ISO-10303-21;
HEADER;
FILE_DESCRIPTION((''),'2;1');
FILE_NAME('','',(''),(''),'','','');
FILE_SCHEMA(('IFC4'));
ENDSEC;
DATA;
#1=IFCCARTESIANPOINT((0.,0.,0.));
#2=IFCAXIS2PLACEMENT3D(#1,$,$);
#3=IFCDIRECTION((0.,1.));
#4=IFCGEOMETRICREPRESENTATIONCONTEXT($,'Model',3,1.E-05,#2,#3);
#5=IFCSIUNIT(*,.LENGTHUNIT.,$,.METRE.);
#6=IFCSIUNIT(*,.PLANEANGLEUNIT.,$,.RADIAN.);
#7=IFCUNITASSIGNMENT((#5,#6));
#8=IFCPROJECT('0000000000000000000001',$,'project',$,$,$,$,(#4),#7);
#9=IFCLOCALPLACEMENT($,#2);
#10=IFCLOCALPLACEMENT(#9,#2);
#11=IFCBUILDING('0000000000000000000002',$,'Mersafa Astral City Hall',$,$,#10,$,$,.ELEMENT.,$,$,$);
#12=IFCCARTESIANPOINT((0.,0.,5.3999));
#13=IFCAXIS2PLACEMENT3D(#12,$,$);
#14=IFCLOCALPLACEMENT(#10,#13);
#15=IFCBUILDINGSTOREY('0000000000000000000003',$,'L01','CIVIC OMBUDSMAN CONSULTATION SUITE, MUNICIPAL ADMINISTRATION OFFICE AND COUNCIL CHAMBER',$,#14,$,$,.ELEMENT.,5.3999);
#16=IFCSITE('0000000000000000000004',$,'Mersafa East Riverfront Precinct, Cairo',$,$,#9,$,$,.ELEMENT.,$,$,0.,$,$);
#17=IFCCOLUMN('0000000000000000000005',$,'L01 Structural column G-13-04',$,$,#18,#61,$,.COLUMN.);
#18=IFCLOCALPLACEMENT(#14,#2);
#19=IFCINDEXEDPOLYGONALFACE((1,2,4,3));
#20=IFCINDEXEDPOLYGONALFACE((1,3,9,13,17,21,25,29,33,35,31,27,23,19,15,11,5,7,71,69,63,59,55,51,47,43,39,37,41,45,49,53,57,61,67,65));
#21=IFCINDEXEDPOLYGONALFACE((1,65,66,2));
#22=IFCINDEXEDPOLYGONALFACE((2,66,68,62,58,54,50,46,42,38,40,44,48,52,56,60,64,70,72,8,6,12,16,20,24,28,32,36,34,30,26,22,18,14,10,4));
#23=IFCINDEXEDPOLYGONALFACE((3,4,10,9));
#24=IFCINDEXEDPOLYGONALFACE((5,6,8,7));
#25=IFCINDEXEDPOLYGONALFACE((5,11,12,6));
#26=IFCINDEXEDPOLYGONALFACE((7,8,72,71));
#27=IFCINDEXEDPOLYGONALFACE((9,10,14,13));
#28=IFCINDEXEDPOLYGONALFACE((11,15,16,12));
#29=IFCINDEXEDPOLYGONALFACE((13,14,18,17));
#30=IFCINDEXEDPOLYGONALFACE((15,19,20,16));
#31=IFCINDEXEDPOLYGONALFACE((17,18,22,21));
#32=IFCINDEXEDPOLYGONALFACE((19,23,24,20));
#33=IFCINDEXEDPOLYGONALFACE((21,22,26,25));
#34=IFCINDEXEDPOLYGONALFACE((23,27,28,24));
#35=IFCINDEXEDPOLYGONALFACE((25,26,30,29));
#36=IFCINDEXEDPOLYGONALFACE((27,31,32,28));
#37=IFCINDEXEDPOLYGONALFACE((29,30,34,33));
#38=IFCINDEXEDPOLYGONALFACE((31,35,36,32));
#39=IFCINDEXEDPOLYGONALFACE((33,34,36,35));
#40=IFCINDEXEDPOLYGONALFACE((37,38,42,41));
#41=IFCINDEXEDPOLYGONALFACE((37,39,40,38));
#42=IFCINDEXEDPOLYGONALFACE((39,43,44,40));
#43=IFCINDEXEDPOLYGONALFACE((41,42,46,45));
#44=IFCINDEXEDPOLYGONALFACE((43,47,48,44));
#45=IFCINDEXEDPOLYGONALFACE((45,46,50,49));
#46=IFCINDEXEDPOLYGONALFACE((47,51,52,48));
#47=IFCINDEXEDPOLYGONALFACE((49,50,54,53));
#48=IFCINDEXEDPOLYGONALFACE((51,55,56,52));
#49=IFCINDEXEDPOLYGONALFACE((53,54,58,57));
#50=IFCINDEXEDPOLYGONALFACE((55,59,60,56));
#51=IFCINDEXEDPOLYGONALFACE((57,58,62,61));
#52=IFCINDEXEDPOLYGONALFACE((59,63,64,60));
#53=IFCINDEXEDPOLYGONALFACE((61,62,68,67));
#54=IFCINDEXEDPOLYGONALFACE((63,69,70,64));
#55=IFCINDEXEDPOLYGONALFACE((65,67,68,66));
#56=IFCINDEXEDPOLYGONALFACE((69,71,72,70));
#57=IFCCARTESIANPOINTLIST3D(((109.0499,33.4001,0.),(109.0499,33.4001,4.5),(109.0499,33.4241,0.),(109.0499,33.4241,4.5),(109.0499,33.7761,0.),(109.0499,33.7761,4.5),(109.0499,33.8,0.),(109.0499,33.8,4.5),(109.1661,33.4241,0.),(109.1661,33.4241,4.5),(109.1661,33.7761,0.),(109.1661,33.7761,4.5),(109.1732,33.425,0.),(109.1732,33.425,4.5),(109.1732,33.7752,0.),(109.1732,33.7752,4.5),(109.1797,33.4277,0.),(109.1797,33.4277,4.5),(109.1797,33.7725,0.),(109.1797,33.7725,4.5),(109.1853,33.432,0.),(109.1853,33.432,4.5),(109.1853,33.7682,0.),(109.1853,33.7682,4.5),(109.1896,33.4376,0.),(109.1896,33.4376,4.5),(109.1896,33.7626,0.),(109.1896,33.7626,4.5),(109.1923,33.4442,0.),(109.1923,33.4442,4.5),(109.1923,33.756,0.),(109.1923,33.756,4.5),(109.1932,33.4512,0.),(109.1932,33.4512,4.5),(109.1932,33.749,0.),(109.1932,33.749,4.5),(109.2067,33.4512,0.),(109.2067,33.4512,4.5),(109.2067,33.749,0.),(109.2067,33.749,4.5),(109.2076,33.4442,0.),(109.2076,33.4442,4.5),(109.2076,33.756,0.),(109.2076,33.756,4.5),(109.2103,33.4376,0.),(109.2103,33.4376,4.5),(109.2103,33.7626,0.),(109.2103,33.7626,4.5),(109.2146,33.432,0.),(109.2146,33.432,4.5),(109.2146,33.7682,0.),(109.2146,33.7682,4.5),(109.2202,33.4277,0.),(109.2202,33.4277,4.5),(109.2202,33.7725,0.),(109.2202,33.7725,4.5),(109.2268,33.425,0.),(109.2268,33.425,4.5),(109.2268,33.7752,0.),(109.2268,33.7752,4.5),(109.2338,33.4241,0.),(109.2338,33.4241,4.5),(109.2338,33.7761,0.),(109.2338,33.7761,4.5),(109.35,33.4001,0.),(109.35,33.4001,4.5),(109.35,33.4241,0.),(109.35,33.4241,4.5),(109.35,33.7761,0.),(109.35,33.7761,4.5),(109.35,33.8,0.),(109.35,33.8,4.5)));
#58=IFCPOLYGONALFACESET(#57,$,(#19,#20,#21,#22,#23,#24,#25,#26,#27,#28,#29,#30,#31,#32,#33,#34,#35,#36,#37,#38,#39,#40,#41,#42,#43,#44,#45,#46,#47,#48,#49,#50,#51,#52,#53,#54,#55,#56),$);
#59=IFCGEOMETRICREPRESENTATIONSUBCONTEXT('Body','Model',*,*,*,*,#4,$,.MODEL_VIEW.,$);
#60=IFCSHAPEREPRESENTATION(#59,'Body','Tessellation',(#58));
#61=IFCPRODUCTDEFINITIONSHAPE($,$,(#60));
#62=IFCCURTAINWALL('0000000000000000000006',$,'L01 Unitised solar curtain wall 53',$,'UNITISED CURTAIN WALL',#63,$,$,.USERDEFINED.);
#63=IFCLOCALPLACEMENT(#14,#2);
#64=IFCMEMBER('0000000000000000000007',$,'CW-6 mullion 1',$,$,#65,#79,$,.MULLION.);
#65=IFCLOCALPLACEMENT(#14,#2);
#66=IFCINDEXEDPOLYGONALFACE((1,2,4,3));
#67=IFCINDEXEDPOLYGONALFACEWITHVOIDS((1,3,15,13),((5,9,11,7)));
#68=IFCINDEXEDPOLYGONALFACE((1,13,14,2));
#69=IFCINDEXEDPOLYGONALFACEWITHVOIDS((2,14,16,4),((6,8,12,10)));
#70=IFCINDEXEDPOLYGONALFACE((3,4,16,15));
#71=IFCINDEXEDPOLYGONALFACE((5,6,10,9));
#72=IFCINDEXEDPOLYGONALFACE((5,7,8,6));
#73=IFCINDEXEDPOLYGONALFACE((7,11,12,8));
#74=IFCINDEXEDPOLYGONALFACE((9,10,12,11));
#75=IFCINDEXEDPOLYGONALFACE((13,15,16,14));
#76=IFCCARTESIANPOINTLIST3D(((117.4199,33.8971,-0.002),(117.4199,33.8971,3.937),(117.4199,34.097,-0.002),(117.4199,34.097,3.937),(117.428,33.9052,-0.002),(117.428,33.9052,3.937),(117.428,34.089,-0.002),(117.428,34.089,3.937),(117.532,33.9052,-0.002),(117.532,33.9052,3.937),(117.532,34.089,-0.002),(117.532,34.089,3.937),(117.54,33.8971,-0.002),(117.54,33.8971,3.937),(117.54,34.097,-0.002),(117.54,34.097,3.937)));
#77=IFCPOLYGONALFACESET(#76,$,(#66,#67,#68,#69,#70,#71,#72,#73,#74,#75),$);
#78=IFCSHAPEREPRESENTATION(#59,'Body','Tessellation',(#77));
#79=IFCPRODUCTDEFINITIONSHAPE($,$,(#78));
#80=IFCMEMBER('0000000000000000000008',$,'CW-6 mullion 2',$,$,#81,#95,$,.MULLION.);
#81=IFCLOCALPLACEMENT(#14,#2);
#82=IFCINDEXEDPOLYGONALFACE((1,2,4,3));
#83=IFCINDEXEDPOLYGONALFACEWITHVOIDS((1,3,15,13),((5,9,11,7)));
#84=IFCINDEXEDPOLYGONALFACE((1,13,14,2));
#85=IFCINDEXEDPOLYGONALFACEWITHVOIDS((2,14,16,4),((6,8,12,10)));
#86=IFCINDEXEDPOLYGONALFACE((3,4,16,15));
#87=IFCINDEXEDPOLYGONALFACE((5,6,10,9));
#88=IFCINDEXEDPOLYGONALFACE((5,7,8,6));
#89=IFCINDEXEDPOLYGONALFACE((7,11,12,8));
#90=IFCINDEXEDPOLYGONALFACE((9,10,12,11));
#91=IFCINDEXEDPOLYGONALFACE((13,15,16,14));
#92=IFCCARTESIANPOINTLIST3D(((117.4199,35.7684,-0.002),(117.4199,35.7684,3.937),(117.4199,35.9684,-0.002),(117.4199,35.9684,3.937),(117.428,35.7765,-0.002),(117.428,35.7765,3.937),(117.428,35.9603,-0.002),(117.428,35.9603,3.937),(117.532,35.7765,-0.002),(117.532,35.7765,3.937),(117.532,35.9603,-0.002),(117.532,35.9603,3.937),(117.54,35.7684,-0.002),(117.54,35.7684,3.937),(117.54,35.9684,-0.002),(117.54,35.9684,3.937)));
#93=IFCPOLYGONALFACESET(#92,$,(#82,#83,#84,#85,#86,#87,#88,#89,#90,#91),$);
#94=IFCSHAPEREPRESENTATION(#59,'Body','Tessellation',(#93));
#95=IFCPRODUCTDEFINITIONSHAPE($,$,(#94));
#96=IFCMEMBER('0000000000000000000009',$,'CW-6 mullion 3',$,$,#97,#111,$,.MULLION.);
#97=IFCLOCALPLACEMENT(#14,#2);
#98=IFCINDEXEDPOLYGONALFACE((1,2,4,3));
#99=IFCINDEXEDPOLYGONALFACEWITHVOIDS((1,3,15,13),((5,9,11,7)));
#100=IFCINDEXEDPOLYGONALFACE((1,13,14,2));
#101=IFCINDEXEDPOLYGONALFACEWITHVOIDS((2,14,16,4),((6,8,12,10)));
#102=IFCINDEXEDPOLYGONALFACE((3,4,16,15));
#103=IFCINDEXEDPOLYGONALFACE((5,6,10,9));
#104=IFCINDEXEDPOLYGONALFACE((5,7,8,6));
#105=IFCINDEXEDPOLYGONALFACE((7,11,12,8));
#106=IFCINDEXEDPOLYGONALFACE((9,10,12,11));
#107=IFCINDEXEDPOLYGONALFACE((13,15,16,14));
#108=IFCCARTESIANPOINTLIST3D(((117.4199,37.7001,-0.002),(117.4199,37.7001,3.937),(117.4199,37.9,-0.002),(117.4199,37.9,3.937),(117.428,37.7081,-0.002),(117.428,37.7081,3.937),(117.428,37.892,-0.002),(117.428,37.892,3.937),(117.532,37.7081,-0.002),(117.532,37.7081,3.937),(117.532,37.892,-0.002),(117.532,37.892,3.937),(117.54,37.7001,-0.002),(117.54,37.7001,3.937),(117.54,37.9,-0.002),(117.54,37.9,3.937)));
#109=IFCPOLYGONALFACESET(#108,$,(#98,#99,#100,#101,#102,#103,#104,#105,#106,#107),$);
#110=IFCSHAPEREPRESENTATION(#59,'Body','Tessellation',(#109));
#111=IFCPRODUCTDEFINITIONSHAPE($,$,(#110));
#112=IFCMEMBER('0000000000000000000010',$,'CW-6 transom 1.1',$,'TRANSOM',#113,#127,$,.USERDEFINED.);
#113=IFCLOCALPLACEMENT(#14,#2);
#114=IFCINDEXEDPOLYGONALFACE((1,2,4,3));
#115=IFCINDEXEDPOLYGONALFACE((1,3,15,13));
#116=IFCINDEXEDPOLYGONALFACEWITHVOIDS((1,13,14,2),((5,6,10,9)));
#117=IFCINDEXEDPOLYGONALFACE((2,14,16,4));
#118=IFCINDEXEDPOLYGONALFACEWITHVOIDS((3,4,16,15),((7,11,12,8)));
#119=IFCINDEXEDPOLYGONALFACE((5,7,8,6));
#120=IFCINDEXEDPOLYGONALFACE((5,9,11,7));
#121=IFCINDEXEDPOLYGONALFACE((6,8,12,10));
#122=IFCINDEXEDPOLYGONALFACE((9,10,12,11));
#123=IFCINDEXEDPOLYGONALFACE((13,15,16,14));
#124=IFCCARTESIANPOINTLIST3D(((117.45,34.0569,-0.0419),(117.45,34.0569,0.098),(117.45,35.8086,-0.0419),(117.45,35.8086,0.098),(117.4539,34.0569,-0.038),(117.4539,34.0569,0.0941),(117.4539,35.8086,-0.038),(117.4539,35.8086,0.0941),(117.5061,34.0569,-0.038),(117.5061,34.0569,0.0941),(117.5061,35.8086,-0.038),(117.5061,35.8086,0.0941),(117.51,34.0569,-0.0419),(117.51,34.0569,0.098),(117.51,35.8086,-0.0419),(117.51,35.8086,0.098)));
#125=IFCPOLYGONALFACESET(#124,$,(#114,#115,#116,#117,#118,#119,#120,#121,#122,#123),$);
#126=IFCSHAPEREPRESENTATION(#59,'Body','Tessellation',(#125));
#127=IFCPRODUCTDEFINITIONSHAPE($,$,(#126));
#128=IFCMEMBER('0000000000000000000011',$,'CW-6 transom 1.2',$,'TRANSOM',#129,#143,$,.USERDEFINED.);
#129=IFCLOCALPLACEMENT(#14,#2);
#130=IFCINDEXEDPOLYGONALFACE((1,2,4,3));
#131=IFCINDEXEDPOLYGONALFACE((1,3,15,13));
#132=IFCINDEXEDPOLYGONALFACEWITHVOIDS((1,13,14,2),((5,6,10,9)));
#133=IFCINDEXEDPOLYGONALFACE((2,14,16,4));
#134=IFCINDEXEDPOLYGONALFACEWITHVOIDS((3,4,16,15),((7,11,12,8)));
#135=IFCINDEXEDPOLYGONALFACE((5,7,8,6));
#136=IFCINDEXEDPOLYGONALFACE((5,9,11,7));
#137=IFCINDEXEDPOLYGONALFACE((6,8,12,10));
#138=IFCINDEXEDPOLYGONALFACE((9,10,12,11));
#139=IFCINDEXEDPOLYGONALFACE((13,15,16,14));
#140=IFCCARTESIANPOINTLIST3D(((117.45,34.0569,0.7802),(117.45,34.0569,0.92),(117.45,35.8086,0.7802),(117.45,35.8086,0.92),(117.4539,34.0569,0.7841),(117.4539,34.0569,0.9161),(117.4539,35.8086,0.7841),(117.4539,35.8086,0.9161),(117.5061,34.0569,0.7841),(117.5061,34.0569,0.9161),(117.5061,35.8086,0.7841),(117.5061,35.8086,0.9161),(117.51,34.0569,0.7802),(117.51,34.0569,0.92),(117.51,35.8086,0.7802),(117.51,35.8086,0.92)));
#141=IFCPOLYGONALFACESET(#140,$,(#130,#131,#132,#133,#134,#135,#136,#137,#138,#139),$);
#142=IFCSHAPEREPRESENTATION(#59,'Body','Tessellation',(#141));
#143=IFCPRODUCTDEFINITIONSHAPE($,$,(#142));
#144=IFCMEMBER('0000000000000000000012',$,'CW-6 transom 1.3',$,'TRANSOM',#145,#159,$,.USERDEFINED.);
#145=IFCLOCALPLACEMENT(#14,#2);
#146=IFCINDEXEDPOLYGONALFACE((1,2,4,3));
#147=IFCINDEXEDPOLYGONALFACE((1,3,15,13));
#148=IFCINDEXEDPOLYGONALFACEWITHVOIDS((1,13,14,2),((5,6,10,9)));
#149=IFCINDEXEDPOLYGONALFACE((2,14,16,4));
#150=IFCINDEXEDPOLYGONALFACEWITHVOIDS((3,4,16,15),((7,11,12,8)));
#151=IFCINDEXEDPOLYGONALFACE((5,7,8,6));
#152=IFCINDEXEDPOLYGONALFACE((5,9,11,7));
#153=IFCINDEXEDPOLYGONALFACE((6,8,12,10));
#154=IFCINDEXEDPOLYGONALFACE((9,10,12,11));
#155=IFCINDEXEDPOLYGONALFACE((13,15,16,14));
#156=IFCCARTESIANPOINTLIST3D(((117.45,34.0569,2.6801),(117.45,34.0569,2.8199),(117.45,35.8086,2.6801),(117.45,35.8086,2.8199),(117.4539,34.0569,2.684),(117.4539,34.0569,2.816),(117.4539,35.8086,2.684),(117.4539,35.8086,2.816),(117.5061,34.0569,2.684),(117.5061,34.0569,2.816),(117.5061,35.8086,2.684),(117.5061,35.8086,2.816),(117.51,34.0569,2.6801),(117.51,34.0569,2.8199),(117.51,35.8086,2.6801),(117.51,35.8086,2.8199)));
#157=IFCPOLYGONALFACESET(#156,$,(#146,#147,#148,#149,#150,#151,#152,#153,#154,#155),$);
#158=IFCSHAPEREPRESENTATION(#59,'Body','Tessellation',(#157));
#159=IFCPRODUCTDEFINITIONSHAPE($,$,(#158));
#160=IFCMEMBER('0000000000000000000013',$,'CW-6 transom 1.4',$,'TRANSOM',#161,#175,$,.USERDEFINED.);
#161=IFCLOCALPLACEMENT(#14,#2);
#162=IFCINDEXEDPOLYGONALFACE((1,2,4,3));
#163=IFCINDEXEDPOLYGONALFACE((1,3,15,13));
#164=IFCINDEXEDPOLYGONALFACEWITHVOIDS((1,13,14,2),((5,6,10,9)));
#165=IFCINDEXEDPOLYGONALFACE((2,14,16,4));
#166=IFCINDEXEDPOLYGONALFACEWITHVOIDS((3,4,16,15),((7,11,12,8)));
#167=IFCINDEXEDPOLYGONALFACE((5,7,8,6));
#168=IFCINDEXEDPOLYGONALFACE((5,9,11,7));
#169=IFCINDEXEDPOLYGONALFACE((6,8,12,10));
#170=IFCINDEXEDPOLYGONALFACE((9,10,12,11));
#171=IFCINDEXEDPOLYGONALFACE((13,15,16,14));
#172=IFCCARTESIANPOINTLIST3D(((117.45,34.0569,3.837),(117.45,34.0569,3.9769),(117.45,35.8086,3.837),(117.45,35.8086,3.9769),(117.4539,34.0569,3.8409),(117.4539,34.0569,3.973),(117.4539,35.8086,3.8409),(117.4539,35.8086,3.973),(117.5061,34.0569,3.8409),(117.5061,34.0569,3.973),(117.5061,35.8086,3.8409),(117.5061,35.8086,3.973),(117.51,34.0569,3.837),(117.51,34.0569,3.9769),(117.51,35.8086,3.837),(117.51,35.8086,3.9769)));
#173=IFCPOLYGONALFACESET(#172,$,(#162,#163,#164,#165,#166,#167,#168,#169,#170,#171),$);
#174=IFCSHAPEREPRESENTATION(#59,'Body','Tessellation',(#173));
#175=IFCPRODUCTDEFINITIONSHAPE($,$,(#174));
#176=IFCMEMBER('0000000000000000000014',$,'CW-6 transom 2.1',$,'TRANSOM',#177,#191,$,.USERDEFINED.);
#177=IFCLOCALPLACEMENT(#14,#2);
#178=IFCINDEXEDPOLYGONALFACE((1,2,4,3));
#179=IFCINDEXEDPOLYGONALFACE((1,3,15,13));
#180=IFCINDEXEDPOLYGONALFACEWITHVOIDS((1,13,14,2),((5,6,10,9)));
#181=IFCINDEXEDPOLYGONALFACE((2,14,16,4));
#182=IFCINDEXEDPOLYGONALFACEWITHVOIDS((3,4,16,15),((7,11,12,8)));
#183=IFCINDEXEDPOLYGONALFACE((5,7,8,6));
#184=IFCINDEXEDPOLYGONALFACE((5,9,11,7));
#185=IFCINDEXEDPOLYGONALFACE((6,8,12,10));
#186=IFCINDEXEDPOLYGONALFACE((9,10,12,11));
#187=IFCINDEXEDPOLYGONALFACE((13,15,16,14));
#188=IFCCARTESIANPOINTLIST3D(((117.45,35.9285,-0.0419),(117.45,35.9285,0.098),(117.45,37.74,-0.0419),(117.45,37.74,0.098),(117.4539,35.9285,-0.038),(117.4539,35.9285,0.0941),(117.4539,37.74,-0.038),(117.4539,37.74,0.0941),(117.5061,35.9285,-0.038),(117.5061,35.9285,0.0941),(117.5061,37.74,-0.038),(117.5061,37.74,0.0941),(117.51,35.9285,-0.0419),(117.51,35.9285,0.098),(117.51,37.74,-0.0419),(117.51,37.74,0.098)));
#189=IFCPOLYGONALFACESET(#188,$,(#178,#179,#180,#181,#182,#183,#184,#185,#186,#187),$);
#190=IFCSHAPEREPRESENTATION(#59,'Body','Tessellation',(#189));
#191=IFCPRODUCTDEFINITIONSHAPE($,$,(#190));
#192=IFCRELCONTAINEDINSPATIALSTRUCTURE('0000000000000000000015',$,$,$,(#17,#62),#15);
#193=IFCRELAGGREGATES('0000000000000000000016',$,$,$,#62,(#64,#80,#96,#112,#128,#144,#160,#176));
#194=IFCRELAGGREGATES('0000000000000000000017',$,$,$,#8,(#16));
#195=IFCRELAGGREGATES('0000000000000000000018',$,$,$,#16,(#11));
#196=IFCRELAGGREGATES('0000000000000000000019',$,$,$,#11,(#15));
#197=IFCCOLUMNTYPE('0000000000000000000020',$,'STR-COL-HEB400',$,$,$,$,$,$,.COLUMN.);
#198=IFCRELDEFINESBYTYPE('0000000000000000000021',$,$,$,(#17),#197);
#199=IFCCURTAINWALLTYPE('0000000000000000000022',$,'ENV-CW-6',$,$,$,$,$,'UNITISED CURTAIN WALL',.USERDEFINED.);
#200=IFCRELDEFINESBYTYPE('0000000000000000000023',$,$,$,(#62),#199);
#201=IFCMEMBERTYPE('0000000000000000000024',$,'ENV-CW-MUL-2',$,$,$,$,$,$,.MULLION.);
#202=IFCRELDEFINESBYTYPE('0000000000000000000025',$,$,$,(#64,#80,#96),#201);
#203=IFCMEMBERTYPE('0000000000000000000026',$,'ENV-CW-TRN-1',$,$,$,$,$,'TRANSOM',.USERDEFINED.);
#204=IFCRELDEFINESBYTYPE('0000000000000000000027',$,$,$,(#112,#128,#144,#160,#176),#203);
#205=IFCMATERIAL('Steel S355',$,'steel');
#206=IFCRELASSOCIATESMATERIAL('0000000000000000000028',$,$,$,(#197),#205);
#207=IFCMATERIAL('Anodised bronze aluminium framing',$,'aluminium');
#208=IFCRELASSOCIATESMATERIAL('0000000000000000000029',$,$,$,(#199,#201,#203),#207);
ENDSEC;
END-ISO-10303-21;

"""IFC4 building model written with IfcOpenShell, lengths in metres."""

from ifc_helpers import new_model, si_unit, direction, frame, origin, origin_2d, place, context, subcontext, project, spatial, hollow_rectangle, i_section, extrude, material, material_profile, profile_set, type_object, element, aggregate, save


model = new_model("IFC4")

# Units and contexts
model_context = context("Model", 3, precision=1e-05, world=origin(), true_north=direction((0.0, 1.0)))
body_context = subcontext(model_context, "Body", "Model", "MODEL_VIEW")
ifc_project = project(units=[si_unit("LENGTHUNIT", "METRE"), si_unit("PLANEANGLEUNIT", "RADIAN")], contexts=[model_context])

# Site, building, storey
site_placement = place(None, origin())
site = spatial("IfcSite", under=ifc_project, at=site_placement, Name="Mersafa East Riverfront Precinct, Cairo", CompositionType="ELEMENT", RefElevation=0.0)
building_placement = place(site_placement, origin())
building = spatial("IfcBuilding", under=site, at=building_placement, Name="Mersafa Astral City Hall", CompositionType="ELEMENT")
storey_placement = place(building_placement, frame((0.0, 0.0, 5.3999)))
storey = spatial("IfcBuildingStorey", under=building, at=storey_placement, Name="L01", Description="CIVIC OMBUDSMAN CONSULTATION SUITE, MUNICIPAL ADMINISTRATION OFFICE AND COUNCIL CHAMBER", CompositionType="ELEMENT", Elevation=5.3999)

# Column
ifc_material_1 = material(Name="Steel S355", Category="steel")
ifc_material_profile_1 = material_profile(ifc_material_1, i_section(OverallWidth=0.3, OverallDepth=0.3999, WebThickness=0.0134, FlangeThickness=0.0239, FilletRadius=0.0271, at=origin_2d()), Name="HEB 400")
ifc_profile_set_1 = profile_set([ifc_material_profile_1], Name="Steel S355")
column_type = type_object("IfcColumnType", Name="STR-COL-HEB400", PredefinedType="COLUMN", material=ifc_profile_set_1)
column_placement = place(storey_placement, frame((109.2, 33.6001, 0.0), z_axis=(0.0, 0.0, 1.0), x_axis=(1.0, 0.0, 0.0)))
element("IfcColumn", 1, at=column_placement, inside=storey, type_object=column_type, Name="L01 Structural column G-13-04", PredefinedType="COLUMN", context=body_context, shape_type="SweptSolid", body=[
    extrude(i_section(OverallWidth=0.3, OverallDepth=0.3999, WebThickness=0.0134, FlangeThickness=0.0239, FilletRadius=0.0271, at=origin_2d()), origin(), (0.0, 0.0, 1.0), 4.5),
])

# Curtain wall, members
ifc_material_2 = material(Name="Anodised bronze aluminium framing", Category="aluminium")
curtain_wall_type = type_object("IfcCurtainWallType", Name="ENV-CW-6", ElementType="UNITISED CURTAIN WALL", PredefinedType="USERDEFINED", material=ifc_material_2)
curtain_wall_placement = place(storey_placement, origin())
curtain_wall = element("IfcCurtainWall", 2, at=curtain_wall_placement, inside=storey, type_object=curtain_wall_type, Name="L01 Unitised solar curtain wall 53", ObjectType="UNITISED CURTAIN WALL", PredefinedType="USERDEFINED")
ifc_material_profile_2 = material_profile(ifc_material_2, hollow_rectangle(XDim=0.1201, YDim=0.2, WallThickness=0.0081, at=origin_2d()), Name="RHS 120x200x8")
ifc_profile_set_2 = profile_set([ifc_material_profile_2], Name="Anodised bronze aluminium framing")
member_type_1 = type_object("IfcMemberType", Name="ENV-CW-MUL-2", PredefinedType="MULLION", material=ifc_profile_set_2)
member_1_placement = place(storey_placement, frame((117.48, 33.9971, -0.002), z_axis=(0.0, 0.0, 1.0), x_axis=(-1.0, 0.0, 0.0)))
member_1 = element("IfcMember", 3, at=member_1_placement, type_object=member_type_1, Name="CW-6 mullion 1", PredefinedType="MULLION", context=body_context, shape_type="SweptSolid", body=[
    extrude(hollow_rectangle(XDim=0.1201, YDim=0.2, WallThickness=0.0081, at=origin_2d()), origin(), (0.0, 0.0, 1.0), 3.939),
])
member_2_placement = place(storey_placement, frame((117.48, 35.8684, -0.002), z_axis=(0.0, 0.0, 1.0), x_axis=(-1.0, 0.0, 0.0)))
member_2 = element("IfcMember", 4, at=member_2_placement, type_object=member_type_1, Name="CW-6 mullion 2", PredefinedType="MULLION", context=body_context, shape_type="SweptSolid", body=[
    extrude(hollow_rectangle(XDim=0.1201, YDim=0.2, WallThickness=0.0081, at=origin_2d()), origin(), (0.0, 0.0, 1.0), 3.939),
])
member_3_placement = place(storey_placement, frame((117.48, 37.8, -0.002), z_axis=(0.0, 0.0, 1.0), x_axis=(-1.0, 0.0, 0.0)))
member_3 = element("IfcMember", 5, at=member_3_placement, type_object=member_type_1, Name="CW-6 mullion 3", PredefinedType="MULLION", context=body_context, shape_type="SweptSolid", body=[
    extrude(hollow_rectangle(XDim=0.1201, YDim=0.2, WallThickness=0.0081, at=origin_2d()), origin(), (0.0, 0.0, 1.0), 3.939),
])
ifc_material_profile_3 = material_profile(ifc_material_2, hollow_rectangle(XDim=0.0601, YDim=0.1399, WallThickness=0.0039, at=origin_2d()), Name="RHS 60x140x4")
ifc_profile_set_3 = profile_set([ifc_material_profile_3], Name="Anodised bronze aluminium framing")
member_type_2 = type_object("IfcMemberType", Name="ENV-CW-TRN-1", ElementType="TRANSOM", PredefinedType="USERDEFINED", material=ifc_profile_set_3)
member_4_placement = place(storey_placement, frame((117.48, 34.0569, 0.0281), z_axis=(0.0, 1.0, 0.0), x_axis=(-1.0, 0.0, 0.0)))
member_4 = element("IfcMember", 6, at=member_4_placement, type_object=member_type_2, Name="CW-6 transom 1.1", ObjectType="TRANSOM", PredefinedType="USERDEFINED", context=body_context, shape_type="SweptSolid", body=[
    extrude(hollow_rectangle(XDim=0.0601, YDim=0.1399, WallThickness=0.0039, at=origin_2d()), origin(), (0.0, 0.0, 1.0), 1.7517),
])
member_5_placement = place(storey_placement, frame((117.48, 34.0569, 0.8501), z_axis=(0.0, 1.0, 0.0), x_axis=(-1.0, 0.0, 0.0)))
member_5 = element("IfcMember", 7, at=member_5_placement, type_object=member_type_2, Name="CW-6 transom 1.2", ObjectType="TRANSOM", PredefinedType="USERDEFINED", context=body_context, shape_type="SweptSolid", body=[
    extrude(hollow_rectangle(XDim=0.0601, YDim=0.1399, WallThickness=0.0039, at=origin_2d()), origin(), (0.0, 0.0, 1.0), 1.7517),
])
member_6_placement = place(storey_placement, frame((117.48, 34.0569, 2.75), z_axis=(0.0, 1.0, 0.0), x_axis=(-1.0, 0.0, 0.0)))
member_6 = element("IfcMember", 8, at=member_6_placement, type_object=member_type_2, Name="CW-6 transom 1.3", ObjectType="TRANSOM", PredefinedType="USERDEFINED", context=body_context, shape_type="SweptSolid", body=[
    extrude(hollow_rectangle(XDim=0.0601, YDim=0.1399, WallThickness=0.0039, at=origin_2d()), origin(), (0.0, 0.0, 1.0), 1.7517),
])
member_7_placement = place(storey_placement, frame((117.48, 34.0569, 3.907), z_axis=(0.0, 1.0, 0.0), x_axis=(-1.0, 0.0, 0.0)))
member_7 = element("IfcMember", 9, at=member_7_placement, type_object=member_type_2, Name="CW-6 transom 1.4", ObjectType="TRANSOM", PredefinedType="USERDEFINED", context=body_context, shape_type="SweptSolid", body=[
    extrude(hollow_rectangle(XDim=0.0601, YDim=0.1399, WallThickness=0.0039, at=origin_2d()), origin(), (0.0, 0.0, 1.0), 1.7517),
])
member_8_placement = place(storey_placement, frame((117.48, 35.9285, 0.0281), z_axis=(0.0, 1.0, 0.0), x_axis=(-1.0, 0.0, 0.0)))
member_8 = element("IfcMember", 10, at=member_8_placement, type_object=member_type_2, Name="CW-6 transom 2.1", ObjectType="TRANSOM", PredefinedType="USERDEFINED", context=body_context, shape_type="SweptSolid", body=[
    extrude(hollow_rectangle(XDim=0.0601, YDim=0.1399, WallThickness=0.0039, at=origin_2d()), origin(), (0.0, 0.0, 1.0), 1.8115),
])

aggregate(curtain_wall, [member_1, member_2, member_3, member_4, member_5, member_6, member_7, member_8])

save(model, "model.ifc")
